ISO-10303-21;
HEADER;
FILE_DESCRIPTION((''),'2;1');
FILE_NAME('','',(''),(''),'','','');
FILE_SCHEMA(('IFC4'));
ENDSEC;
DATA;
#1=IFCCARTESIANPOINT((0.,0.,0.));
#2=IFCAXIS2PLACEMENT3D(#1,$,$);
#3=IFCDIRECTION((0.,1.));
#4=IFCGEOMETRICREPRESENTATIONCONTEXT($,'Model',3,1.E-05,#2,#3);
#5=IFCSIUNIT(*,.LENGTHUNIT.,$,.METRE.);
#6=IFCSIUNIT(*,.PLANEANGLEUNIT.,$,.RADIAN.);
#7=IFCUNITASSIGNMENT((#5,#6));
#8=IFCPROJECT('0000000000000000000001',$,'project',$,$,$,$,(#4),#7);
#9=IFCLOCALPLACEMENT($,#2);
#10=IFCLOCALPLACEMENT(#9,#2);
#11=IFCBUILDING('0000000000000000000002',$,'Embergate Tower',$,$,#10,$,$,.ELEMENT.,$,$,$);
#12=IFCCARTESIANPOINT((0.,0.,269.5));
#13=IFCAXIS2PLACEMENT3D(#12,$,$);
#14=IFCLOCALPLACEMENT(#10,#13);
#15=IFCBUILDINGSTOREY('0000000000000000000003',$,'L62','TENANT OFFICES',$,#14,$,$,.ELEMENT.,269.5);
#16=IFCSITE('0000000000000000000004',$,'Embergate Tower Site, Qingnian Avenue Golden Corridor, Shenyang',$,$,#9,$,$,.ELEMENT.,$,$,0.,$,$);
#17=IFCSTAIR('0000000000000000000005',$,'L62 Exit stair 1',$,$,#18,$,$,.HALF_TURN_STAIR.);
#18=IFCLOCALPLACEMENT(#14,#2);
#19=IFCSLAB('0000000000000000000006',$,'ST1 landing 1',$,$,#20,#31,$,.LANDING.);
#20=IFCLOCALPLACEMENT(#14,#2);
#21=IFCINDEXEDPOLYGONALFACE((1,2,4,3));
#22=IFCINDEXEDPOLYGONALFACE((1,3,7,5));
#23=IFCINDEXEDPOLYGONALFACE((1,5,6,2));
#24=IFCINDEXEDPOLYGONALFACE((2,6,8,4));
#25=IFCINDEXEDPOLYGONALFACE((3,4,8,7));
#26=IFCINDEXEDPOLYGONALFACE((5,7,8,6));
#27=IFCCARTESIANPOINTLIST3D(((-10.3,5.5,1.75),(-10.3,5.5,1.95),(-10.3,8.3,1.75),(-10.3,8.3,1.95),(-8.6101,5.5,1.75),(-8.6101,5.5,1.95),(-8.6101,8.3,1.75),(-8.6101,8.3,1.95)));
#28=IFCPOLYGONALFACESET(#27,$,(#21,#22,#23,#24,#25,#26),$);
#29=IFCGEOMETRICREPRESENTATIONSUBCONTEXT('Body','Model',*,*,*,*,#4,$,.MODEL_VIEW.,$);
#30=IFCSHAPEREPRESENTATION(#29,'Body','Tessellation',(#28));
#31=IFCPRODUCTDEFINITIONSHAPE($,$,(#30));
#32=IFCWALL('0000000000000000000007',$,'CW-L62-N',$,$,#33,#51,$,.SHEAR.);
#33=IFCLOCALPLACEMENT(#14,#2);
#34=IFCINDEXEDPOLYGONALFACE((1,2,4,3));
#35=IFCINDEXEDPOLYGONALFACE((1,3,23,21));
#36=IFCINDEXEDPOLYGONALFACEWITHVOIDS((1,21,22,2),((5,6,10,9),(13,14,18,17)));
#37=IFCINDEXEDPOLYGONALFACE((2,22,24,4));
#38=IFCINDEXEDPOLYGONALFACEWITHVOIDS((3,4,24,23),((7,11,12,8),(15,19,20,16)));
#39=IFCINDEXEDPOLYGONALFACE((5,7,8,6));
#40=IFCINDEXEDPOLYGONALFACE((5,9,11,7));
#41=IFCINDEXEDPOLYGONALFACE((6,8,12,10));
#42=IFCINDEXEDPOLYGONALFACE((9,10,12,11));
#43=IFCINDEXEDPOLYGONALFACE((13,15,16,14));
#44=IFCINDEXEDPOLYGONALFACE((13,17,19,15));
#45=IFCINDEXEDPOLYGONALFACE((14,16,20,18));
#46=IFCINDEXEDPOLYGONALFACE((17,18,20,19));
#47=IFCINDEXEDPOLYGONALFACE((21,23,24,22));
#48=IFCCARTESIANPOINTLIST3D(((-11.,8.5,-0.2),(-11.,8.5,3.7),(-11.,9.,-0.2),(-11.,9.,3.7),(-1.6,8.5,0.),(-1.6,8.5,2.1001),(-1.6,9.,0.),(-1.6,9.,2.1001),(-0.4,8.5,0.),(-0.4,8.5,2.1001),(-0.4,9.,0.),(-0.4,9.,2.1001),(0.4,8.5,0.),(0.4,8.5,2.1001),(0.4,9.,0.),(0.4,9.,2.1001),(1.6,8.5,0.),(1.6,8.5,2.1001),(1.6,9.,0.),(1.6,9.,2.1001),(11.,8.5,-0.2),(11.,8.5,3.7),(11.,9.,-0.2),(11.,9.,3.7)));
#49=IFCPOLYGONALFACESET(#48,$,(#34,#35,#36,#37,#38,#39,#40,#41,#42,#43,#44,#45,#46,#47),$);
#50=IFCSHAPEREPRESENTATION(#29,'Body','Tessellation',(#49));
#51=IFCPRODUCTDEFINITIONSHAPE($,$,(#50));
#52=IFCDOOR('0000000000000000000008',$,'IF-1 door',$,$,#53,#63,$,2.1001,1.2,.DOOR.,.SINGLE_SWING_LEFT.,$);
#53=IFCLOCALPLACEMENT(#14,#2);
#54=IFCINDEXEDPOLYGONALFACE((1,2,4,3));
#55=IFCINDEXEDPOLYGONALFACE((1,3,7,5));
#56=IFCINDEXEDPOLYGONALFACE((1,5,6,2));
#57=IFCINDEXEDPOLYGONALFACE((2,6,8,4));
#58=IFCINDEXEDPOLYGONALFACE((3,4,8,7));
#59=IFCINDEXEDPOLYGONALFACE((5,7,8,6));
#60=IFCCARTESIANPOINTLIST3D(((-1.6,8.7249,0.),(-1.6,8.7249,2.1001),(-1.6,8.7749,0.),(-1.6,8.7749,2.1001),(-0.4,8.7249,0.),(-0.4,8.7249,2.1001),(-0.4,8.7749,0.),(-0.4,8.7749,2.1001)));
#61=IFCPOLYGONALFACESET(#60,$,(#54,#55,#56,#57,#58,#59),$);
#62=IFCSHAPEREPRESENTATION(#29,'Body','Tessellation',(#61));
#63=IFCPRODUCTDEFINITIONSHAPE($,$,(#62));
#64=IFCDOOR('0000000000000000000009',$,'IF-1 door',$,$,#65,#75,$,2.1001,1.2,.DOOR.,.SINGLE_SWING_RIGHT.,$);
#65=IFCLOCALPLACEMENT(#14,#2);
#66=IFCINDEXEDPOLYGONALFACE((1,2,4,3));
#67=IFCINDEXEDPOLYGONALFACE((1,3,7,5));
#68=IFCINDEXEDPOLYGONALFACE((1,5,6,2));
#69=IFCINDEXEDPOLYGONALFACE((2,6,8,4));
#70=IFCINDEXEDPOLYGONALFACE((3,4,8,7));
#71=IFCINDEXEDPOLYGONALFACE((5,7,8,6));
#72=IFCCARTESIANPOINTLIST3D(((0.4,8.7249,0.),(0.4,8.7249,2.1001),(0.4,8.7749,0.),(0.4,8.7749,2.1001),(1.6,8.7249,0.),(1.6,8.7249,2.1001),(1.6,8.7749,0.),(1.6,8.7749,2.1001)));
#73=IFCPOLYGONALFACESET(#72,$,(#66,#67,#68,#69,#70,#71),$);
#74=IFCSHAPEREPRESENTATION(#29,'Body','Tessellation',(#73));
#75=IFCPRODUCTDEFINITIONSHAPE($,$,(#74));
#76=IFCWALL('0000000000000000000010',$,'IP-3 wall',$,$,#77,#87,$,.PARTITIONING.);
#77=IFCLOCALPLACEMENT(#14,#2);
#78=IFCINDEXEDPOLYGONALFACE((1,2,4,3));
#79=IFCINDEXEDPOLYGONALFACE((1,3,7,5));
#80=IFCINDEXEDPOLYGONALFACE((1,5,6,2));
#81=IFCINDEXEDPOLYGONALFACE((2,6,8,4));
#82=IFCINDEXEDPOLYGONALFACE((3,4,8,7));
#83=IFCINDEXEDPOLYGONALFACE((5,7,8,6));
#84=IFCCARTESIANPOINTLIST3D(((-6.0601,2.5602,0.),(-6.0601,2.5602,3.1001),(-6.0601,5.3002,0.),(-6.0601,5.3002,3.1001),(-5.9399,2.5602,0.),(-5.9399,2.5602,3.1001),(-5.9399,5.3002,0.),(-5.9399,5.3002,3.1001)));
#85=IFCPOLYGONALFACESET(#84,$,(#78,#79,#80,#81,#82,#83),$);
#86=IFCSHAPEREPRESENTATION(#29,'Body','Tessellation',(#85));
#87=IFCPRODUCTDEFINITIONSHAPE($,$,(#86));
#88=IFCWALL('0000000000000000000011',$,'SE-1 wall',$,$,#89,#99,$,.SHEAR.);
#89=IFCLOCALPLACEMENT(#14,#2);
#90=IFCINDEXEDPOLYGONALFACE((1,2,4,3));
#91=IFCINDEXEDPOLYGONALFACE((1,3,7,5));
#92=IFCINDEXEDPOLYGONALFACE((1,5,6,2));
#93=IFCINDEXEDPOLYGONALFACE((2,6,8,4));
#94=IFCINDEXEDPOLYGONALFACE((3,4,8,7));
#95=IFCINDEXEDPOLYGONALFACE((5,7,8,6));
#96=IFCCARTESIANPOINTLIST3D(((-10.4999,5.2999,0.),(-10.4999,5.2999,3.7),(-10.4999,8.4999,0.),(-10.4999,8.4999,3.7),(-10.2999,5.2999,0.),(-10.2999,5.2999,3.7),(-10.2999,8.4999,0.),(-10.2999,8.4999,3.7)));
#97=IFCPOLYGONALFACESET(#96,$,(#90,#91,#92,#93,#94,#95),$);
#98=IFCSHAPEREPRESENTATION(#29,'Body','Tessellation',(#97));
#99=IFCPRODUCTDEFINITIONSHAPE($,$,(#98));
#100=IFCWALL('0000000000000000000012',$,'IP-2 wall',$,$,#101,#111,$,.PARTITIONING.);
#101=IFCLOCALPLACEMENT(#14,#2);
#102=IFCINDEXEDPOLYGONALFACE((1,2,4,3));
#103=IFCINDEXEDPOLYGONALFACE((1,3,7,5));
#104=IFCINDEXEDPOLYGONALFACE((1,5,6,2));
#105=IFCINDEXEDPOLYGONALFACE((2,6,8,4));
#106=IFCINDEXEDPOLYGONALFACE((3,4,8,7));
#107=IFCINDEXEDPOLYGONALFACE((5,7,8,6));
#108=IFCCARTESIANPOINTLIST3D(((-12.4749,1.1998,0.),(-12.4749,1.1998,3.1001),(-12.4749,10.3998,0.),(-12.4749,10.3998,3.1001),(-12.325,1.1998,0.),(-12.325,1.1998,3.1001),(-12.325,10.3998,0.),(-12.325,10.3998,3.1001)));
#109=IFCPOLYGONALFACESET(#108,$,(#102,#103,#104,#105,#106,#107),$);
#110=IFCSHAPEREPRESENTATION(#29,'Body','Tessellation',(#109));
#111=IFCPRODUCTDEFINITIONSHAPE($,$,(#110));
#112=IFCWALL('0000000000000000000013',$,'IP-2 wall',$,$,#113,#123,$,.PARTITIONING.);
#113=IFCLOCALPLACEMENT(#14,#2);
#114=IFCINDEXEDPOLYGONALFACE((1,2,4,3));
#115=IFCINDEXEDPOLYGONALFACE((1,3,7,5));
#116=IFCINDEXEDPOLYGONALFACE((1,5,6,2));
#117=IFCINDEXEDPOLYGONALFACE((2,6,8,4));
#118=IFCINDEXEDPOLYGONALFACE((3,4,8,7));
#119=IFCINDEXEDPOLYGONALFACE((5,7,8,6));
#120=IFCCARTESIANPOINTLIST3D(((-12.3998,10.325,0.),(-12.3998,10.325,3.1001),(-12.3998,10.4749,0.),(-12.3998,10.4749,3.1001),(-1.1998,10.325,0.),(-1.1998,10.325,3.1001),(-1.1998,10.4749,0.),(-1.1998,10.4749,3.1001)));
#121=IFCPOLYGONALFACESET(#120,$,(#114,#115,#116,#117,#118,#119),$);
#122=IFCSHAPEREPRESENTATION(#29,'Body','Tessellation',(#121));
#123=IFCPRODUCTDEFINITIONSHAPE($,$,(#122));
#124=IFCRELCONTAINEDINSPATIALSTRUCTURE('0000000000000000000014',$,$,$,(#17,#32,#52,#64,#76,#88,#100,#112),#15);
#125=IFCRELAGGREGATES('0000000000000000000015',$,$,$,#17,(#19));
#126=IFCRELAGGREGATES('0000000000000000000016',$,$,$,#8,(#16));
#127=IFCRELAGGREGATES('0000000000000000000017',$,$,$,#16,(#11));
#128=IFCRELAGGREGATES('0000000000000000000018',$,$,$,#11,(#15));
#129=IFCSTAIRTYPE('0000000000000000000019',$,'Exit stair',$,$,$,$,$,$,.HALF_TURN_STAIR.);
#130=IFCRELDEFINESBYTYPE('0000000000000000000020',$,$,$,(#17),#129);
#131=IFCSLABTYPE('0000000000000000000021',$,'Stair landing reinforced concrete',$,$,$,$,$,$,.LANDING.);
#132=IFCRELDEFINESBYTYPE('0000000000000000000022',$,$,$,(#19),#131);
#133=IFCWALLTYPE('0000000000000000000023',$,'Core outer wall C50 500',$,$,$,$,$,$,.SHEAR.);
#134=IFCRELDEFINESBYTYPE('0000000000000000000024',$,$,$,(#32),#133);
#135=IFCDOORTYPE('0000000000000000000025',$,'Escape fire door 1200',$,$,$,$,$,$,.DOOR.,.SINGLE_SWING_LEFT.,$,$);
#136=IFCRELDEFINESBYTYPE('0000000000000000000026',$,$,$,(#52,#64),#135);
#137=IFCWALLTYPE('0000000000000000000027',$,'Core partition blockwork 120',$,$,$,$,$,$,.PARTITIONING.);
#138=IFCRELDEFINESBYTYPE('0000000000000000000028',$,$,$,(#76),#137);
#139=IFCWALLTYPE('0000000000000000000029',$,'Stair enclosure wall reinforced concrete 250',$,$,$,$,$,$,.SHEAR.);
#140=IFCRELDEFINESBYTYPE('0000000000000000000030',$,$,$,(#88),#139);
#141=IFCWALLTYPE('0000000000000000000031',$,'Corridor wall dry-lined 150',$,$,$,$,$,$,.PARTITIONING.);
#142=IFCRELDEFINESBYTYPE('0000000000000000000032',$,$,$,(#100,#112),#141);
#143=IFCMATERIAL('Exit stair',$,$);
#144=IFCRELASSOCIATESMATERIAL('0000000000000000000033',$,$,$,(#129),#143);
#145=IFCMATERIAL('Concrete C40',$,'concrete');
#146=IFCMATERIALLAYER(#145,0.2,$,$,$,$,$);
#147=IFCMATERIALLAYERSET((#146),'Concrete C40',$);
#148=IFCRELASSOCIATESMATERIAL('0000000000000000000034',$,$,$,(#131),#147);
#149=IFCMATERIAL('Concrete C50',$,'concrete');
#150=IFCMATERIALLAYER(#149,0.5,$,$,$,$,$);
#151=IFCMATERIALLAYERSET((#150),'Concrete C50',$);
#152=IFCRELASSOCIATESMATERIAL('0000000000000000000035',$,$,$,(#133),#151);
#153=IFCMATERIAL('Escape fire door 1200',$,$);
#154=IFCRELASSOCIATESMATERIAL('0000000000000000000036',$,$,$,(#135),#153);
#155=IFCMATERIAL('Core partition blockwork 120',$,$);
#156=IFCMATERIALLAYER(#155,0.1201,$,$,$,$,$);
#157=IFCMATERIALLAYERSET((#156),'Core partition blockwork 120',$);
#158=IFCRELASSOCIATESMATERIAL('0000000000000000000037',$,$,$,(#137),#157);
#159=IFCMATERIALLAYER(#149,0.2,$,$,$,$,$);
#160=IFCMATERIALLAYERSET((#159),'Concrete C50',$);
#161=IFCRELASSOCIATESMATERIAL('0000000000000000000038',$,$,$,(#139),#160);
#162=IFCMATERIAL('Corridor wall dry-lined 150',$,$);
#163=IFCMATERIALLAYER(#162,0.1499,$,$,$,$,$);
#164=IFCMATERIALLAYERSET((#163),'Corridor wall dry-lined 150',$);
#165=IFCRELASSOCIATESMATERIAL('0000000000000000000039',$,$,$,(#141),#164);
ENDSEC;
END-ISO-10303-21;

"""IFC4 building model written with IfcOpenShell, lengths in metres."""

from ifc_helpers import new_model, si_unit, direction, frame, frame_2d, origin, place, context, subcontext, project, spatial, polyline, rectangle, outline, extrude, source, transform, mapped, material, layer, layer_set, type_object, element, fill, aggregate, save


model = new_model("IFC4")

# Units and contexts
model_context = context("Model", 3, precision=1e-05, world=origin(), true_north=direction((0.0, 1.0)))
body_context = subcontext(model_context, "Body", "Model", "MODEL_VIEW")
ifc_project = project(units=[si_unit("LENGTHUNIT", "METRE"), si_unit("PLANEANGLEUNIT", "RADIAN")], contexts=[model_context])

# Site, building, storey
site_placement = place(None, origin())
site = spatial("IfcSite", under=ifc_project, at=site_placement, Name="Embergate Tower Site, Qingnian Avenue Golden Corridor, Shenyang", CompositionType="ELEMENT", RefElevation=0.0)
building_placement = place(site_placement, origin())
building = spatial("IfcBuilding", under=site, at=building_placement, Name="Embergate Tower", CompositionType="ELEMENT")
storey_placement = place(building_placement, frame((0.0, 0.0, 269.5)))
storey = spatial("IfcBuildingStorey", under=building, at=storey_placement, Name="L62", Description="TENANT OFFICES", CompositionType="ELEMENT", Elevation=269.5)

# Stair, slab
ifc_material_1 = material(Name="Exit stair")
stair_type = type_object("IfcStairType", Name="Exit stair", PredefinedType="HALF_TURN_STAIR", material=ifc_material_1)
stair_placement = place(storey_placement, origin())
stair = element("IfcStair", 1, at=stair_placement, inside=storey, type_object=stair_type, Name="L62 Exit stair 1", PredefinedType="HALF_TURN_STAIR")
ifc_material_2 = material(Name="Concrete C40", Category="concrete")
ifc_layer_1 = layer(ifc_material_2, 0.2)
ifc_layer_set_1 = layer_set([ifc_layer_1], Name="Concrete C40")
slab_type = type_object("IfcSlabType", Name="Stair landing reinforced concrete", PredefinedType="LANDING", material=ifc_layer_set_1)
shared_shape_1 = source(origin(), body_context, "Body", "SweptSolid", [
    extrude(outline(polyline([(0.0, 0.0), (1.6899, 0.0), (1.6899, 2.8), (0.0, 2.8), (0.0, 0.0)])), origin(), (0.0, 0.0, 1.0), 0.2),
])
slab_placement = place(storey_placement, frame((-10.3, 5.5, 1.75)))
slab = element("IfcSlab", 2, at=slab_placement, type_object=slab_type, Name="ST1 landing 1", PredefinedType="LANDING", context=body_context, shape_type="MappedRepresentation", body=[
    mapped(shared_shape_1, transform((0.0, 0.0, 0.0))),
])

# Wall, openings, doors
ifc_material_3 = material(Name="Concrete C50", Category="concrete")
ifc_layer_2 = layer(ifc_material_3, 0.5)
ifc_layer_set_2 = layer_set([ifc_layer_2], Name="Concrete C50")
wall_type_1 = type_object("IfcWallType", Name="Core outer wall C50 500", PredefinedType="SHEAR", material=ifc_layer_set_2)
shared_shape_2 = source(origin(), body_context, "Body", "SweptSolid", [
    extrude(rectangle(XDim=22.0, YDim=0.5, at=frame_2d((11.0, 0.0))), origin(), (0.0, 0.0, 1.0), 3.8999),
])
wall_1_placement = place(storey_placement, frame((-11.0, 8.75, -0.2), z_axis=(0.0, 0.0, 1.0), x_axis=(1.0, 0.0, 0.0)))
wall_1 = element("IfcWall", 3, at=wall_1_placement, inside=storey, type_object=wall_type_1, Name="CW-L62-N", PredefinedType="SHEAR", context=body_context, shape_type="MappedRepresentation", body=[
    mapped(shared_shape_2, transform((0.0, 0.0, 0.0))),
])
shared_shape_3 = source(origin(), body_context, "Body", "SweptSolid", [
    extrude(rectangle(XDim=1.2, YDim=2.1001, at=frame_2d((0.6001, 1.05))), frame((0.0, 0.26, 0.0), z_axis=(0.0, -1.0, 0.0), x_axis=(1.0, 0.0, 0.0)), (0.0, 0.0, 1.0), 0.52),
])
opening_1_placement = place(wall_1_placement, frame((9.3999, 0.0, 0.2)))
opening_1 = element("IfcOpeningElement", 4, at=opening_1_placement, cuts=wall_1, PredefinedType="OPENING", context=body_context, shape_type="MappedRepresentation", body=[
    mapped(shared_shape_3, transform((0.0, 0.0, 0.0))),
])
opening_2_placement = place(wall_1_placement, frame((11.3999, 0.0, 0.2)))
opening_2 = element("IfcOpeningElement", 5, at=opening_2_placement, cuts=wall_1, PredefinedType="OPENING", context=body_context, shape_type="MappedRepresentation", body=[
    mapped(shared_shape_3, transform((0.0, 0.0, 0.0))),
])
ifc_material_4 = material(Name="Escape fire door 1200")
door_type_1 = type_object("IfcDoorType", Name="Escape fire door 1200", OperationType="SINGLE_SWING_LEFT", PredefinedType="DOOR", material=ifc_material_4)
shared_shape_4 = source(origin(), body_context, "Body", "SweptSolid", [
    extrude(rectangle(XDim=1.2, YDim=2.1001, at=frame_2d((0.6001, 1.05))), frame((0.0, 0.0249, 0.0), z_axis=(0.0, -1.0, 0.0), x_axis=(1.0, 0.0, 0.0)), (0.0, 0.0, 1.0), 0.05),
])
door_1_placement = place(opening_1_placement, origin())
door_1 = element("IfcDoor", 6, at=door_1_placement, inside=storey, type_object=door_type_1, Name="IF-1 door", OperationType="SINGLE_SWING_LEFT", OverallHeight=2.1001, OverallWidth=1.2, PredefinedType="DOOR", context=body_context, shape_type="MappedRepresentation", body=[
    mapped(shared_shape_4, transform((0.0, 0.0, 0.0))),
])
fill(opening_1, door_1)
door_2_placement = place(opening_2_placement, origin())
door_2 = element("IfcDoor", 7, at=door_2_placement, inside=storey, type_object=door_type_1, Name="IF-1 door", OperationType="SINGLE_SWING_RIGHT", OverallHeight=2.1001, OverallWidth=1.2, PredefinedType="DOOR", context=body_context, shape_type="MappedRepresentation", body=[
    mapped(shared_shape_4, transform((0.0, 0.0, 0.0))),
])
fill(opening_2, door_2)

# Walls
ifc_material_5 = material(Name="Core partition blockwork 120")
ifc_layer_3 = layer(ifc_material_5, 0.1201)
ifc_layer_set_3 = layer_set([ifc_layer_3], Name="Core partition blockwork 120")
wall_type_2 = type_object("IfcWallType", Name="Core partition blockwork 120", PredefinedType="PARTITIONING", material=ifc_layer_set_3)
shared_shape_5 = source(origin(), body_context, "Body", "SweptSolid", [
    extrude(rectangle(XDim=2.74, YDim=0.1201, at=frame_2d((1.3701, 0.0))), origin(), (0.0, 0.0, 1.0), 3.1001),
])
wall_2_placement = place(storey_placement, frame((-6.0, 2.5601, 0.0), z_axis=(0.0, 0.0, 1.0), x_axis=(0.0, 1.0, 0.0)))
element("IfcWall", 8, at=wall_2_placement, inside=storey, type_object=wall_type_2, Name="IP-3 wall", PredefinedType="PARTITIONING", context=body_context, shape_type="MappedRepresentation", body=[
    mapped(shared_shape_5, transform((0.0, 0.0, 0.0))),
])
ifc_layer_4 = layer(ifc_material_3, 0.2)
ifc_layer_set_4 = layer_set([ifc_layer_4], Name="Concrete C50")
wall_type_3 = type_object("IfcWallType", Name="Stair enclosure wall reinforced concrete 250", PredefinedType="SHEAR", material=ifc_layer_set_4)
shared_shape_6 = source(origin(), body_context, "Body", "SweptSolid", [
    extrude(rectangle(XDim=3.2, YDim=0.2, at=frame_2d((1.6001, 0.0))), origin(), (0.0, 0.0, 1.0), 3.7),
])
wall_3_placement = place(storey_placement, frame((-10.3999, 8.5, 0.0), z_axis=(0.0, 0.0, 1.0), x_axis=(0.0, -1.0, 0.0)))
element("IfcWall", 9, at=wall_3_placement, inside=storey, type_object=wall_type_3, Name="SE-1 wall", PredefinedType="SHEAR", context=body_context, shape_type="MappedRepresentation", body=[
    mapped(shared_shape_6, transform((0.0, 0.0, 0.0))),
])
ifc_material_6 = material(Name="Corridor wall dry-lined 150")
ifc_layer_5 = layer(ifc_material_6, 0.1499)
ifc_layer_set_5 = layer_set([ifc_layer_5], Name="Corridor wall dry-lined 150")
wall_type_4 = type_object("IfcWallType", Name="Corridor wall dry-lined 150", PredefinedType="PARTITIONING", material=ifc_layer_set_5)
shared_shape_7 = source(origin(), body_context, "Body", "SweptSolid", [
    extrude(rectangle(XDim=9.2, YDim=0.1499, at=frame_2d((4.6001, 0.0))), origin(), (0.0, 0.0, 1.0), 3.1001),
])
wall_4_placement = place(storey_placement, frame((-12.3999, 10.3999, 0.0), z_axis=(0.0, 0.0, 1.0), x_axis=(0.0, -1.0, 0.0)))
element("IfcWall", 10, at=wall_4_placement, inside=storey, type_object=wall_type_4, Name="IP-2 wall", PredefinedType="PARTITIONING", context=body_context, shape_type="MappedRepresentation", body=[
    mapped(shared_shape_7, transform((0.0, 0.0, 0.0))),
])
shared_shape_8 = source(origin(), body_context, "Body", "SweptSolid", [
    extrude(rectangle(XDim=11.2, YDim=0.1499, at=frame_2d((5.6001, 0.0))), origin(), (0.0, 0.0, 1.0), 3.1001),
])
wall_5_placement = place(storey_placement, frame((-12.3999, 10.3999, 0.0), z_axis=(0.0, 0.0, 1.0), x_axis=(1.0, 0.0, 0.0)))
element("IfcWall", 11, at=wall_5_placement, inside=storey, type_object=wall_type_4, Name="IP-2 wall", PredefinedType="PARTITIONING", context=body_context, shape_type="MappedRepresentation", body=[
    mapped(shared_shape_8, transform((0.0, 0.0, 0.0))),
])

aggregate(stair, [slab])

save(model, "model.ifc")
